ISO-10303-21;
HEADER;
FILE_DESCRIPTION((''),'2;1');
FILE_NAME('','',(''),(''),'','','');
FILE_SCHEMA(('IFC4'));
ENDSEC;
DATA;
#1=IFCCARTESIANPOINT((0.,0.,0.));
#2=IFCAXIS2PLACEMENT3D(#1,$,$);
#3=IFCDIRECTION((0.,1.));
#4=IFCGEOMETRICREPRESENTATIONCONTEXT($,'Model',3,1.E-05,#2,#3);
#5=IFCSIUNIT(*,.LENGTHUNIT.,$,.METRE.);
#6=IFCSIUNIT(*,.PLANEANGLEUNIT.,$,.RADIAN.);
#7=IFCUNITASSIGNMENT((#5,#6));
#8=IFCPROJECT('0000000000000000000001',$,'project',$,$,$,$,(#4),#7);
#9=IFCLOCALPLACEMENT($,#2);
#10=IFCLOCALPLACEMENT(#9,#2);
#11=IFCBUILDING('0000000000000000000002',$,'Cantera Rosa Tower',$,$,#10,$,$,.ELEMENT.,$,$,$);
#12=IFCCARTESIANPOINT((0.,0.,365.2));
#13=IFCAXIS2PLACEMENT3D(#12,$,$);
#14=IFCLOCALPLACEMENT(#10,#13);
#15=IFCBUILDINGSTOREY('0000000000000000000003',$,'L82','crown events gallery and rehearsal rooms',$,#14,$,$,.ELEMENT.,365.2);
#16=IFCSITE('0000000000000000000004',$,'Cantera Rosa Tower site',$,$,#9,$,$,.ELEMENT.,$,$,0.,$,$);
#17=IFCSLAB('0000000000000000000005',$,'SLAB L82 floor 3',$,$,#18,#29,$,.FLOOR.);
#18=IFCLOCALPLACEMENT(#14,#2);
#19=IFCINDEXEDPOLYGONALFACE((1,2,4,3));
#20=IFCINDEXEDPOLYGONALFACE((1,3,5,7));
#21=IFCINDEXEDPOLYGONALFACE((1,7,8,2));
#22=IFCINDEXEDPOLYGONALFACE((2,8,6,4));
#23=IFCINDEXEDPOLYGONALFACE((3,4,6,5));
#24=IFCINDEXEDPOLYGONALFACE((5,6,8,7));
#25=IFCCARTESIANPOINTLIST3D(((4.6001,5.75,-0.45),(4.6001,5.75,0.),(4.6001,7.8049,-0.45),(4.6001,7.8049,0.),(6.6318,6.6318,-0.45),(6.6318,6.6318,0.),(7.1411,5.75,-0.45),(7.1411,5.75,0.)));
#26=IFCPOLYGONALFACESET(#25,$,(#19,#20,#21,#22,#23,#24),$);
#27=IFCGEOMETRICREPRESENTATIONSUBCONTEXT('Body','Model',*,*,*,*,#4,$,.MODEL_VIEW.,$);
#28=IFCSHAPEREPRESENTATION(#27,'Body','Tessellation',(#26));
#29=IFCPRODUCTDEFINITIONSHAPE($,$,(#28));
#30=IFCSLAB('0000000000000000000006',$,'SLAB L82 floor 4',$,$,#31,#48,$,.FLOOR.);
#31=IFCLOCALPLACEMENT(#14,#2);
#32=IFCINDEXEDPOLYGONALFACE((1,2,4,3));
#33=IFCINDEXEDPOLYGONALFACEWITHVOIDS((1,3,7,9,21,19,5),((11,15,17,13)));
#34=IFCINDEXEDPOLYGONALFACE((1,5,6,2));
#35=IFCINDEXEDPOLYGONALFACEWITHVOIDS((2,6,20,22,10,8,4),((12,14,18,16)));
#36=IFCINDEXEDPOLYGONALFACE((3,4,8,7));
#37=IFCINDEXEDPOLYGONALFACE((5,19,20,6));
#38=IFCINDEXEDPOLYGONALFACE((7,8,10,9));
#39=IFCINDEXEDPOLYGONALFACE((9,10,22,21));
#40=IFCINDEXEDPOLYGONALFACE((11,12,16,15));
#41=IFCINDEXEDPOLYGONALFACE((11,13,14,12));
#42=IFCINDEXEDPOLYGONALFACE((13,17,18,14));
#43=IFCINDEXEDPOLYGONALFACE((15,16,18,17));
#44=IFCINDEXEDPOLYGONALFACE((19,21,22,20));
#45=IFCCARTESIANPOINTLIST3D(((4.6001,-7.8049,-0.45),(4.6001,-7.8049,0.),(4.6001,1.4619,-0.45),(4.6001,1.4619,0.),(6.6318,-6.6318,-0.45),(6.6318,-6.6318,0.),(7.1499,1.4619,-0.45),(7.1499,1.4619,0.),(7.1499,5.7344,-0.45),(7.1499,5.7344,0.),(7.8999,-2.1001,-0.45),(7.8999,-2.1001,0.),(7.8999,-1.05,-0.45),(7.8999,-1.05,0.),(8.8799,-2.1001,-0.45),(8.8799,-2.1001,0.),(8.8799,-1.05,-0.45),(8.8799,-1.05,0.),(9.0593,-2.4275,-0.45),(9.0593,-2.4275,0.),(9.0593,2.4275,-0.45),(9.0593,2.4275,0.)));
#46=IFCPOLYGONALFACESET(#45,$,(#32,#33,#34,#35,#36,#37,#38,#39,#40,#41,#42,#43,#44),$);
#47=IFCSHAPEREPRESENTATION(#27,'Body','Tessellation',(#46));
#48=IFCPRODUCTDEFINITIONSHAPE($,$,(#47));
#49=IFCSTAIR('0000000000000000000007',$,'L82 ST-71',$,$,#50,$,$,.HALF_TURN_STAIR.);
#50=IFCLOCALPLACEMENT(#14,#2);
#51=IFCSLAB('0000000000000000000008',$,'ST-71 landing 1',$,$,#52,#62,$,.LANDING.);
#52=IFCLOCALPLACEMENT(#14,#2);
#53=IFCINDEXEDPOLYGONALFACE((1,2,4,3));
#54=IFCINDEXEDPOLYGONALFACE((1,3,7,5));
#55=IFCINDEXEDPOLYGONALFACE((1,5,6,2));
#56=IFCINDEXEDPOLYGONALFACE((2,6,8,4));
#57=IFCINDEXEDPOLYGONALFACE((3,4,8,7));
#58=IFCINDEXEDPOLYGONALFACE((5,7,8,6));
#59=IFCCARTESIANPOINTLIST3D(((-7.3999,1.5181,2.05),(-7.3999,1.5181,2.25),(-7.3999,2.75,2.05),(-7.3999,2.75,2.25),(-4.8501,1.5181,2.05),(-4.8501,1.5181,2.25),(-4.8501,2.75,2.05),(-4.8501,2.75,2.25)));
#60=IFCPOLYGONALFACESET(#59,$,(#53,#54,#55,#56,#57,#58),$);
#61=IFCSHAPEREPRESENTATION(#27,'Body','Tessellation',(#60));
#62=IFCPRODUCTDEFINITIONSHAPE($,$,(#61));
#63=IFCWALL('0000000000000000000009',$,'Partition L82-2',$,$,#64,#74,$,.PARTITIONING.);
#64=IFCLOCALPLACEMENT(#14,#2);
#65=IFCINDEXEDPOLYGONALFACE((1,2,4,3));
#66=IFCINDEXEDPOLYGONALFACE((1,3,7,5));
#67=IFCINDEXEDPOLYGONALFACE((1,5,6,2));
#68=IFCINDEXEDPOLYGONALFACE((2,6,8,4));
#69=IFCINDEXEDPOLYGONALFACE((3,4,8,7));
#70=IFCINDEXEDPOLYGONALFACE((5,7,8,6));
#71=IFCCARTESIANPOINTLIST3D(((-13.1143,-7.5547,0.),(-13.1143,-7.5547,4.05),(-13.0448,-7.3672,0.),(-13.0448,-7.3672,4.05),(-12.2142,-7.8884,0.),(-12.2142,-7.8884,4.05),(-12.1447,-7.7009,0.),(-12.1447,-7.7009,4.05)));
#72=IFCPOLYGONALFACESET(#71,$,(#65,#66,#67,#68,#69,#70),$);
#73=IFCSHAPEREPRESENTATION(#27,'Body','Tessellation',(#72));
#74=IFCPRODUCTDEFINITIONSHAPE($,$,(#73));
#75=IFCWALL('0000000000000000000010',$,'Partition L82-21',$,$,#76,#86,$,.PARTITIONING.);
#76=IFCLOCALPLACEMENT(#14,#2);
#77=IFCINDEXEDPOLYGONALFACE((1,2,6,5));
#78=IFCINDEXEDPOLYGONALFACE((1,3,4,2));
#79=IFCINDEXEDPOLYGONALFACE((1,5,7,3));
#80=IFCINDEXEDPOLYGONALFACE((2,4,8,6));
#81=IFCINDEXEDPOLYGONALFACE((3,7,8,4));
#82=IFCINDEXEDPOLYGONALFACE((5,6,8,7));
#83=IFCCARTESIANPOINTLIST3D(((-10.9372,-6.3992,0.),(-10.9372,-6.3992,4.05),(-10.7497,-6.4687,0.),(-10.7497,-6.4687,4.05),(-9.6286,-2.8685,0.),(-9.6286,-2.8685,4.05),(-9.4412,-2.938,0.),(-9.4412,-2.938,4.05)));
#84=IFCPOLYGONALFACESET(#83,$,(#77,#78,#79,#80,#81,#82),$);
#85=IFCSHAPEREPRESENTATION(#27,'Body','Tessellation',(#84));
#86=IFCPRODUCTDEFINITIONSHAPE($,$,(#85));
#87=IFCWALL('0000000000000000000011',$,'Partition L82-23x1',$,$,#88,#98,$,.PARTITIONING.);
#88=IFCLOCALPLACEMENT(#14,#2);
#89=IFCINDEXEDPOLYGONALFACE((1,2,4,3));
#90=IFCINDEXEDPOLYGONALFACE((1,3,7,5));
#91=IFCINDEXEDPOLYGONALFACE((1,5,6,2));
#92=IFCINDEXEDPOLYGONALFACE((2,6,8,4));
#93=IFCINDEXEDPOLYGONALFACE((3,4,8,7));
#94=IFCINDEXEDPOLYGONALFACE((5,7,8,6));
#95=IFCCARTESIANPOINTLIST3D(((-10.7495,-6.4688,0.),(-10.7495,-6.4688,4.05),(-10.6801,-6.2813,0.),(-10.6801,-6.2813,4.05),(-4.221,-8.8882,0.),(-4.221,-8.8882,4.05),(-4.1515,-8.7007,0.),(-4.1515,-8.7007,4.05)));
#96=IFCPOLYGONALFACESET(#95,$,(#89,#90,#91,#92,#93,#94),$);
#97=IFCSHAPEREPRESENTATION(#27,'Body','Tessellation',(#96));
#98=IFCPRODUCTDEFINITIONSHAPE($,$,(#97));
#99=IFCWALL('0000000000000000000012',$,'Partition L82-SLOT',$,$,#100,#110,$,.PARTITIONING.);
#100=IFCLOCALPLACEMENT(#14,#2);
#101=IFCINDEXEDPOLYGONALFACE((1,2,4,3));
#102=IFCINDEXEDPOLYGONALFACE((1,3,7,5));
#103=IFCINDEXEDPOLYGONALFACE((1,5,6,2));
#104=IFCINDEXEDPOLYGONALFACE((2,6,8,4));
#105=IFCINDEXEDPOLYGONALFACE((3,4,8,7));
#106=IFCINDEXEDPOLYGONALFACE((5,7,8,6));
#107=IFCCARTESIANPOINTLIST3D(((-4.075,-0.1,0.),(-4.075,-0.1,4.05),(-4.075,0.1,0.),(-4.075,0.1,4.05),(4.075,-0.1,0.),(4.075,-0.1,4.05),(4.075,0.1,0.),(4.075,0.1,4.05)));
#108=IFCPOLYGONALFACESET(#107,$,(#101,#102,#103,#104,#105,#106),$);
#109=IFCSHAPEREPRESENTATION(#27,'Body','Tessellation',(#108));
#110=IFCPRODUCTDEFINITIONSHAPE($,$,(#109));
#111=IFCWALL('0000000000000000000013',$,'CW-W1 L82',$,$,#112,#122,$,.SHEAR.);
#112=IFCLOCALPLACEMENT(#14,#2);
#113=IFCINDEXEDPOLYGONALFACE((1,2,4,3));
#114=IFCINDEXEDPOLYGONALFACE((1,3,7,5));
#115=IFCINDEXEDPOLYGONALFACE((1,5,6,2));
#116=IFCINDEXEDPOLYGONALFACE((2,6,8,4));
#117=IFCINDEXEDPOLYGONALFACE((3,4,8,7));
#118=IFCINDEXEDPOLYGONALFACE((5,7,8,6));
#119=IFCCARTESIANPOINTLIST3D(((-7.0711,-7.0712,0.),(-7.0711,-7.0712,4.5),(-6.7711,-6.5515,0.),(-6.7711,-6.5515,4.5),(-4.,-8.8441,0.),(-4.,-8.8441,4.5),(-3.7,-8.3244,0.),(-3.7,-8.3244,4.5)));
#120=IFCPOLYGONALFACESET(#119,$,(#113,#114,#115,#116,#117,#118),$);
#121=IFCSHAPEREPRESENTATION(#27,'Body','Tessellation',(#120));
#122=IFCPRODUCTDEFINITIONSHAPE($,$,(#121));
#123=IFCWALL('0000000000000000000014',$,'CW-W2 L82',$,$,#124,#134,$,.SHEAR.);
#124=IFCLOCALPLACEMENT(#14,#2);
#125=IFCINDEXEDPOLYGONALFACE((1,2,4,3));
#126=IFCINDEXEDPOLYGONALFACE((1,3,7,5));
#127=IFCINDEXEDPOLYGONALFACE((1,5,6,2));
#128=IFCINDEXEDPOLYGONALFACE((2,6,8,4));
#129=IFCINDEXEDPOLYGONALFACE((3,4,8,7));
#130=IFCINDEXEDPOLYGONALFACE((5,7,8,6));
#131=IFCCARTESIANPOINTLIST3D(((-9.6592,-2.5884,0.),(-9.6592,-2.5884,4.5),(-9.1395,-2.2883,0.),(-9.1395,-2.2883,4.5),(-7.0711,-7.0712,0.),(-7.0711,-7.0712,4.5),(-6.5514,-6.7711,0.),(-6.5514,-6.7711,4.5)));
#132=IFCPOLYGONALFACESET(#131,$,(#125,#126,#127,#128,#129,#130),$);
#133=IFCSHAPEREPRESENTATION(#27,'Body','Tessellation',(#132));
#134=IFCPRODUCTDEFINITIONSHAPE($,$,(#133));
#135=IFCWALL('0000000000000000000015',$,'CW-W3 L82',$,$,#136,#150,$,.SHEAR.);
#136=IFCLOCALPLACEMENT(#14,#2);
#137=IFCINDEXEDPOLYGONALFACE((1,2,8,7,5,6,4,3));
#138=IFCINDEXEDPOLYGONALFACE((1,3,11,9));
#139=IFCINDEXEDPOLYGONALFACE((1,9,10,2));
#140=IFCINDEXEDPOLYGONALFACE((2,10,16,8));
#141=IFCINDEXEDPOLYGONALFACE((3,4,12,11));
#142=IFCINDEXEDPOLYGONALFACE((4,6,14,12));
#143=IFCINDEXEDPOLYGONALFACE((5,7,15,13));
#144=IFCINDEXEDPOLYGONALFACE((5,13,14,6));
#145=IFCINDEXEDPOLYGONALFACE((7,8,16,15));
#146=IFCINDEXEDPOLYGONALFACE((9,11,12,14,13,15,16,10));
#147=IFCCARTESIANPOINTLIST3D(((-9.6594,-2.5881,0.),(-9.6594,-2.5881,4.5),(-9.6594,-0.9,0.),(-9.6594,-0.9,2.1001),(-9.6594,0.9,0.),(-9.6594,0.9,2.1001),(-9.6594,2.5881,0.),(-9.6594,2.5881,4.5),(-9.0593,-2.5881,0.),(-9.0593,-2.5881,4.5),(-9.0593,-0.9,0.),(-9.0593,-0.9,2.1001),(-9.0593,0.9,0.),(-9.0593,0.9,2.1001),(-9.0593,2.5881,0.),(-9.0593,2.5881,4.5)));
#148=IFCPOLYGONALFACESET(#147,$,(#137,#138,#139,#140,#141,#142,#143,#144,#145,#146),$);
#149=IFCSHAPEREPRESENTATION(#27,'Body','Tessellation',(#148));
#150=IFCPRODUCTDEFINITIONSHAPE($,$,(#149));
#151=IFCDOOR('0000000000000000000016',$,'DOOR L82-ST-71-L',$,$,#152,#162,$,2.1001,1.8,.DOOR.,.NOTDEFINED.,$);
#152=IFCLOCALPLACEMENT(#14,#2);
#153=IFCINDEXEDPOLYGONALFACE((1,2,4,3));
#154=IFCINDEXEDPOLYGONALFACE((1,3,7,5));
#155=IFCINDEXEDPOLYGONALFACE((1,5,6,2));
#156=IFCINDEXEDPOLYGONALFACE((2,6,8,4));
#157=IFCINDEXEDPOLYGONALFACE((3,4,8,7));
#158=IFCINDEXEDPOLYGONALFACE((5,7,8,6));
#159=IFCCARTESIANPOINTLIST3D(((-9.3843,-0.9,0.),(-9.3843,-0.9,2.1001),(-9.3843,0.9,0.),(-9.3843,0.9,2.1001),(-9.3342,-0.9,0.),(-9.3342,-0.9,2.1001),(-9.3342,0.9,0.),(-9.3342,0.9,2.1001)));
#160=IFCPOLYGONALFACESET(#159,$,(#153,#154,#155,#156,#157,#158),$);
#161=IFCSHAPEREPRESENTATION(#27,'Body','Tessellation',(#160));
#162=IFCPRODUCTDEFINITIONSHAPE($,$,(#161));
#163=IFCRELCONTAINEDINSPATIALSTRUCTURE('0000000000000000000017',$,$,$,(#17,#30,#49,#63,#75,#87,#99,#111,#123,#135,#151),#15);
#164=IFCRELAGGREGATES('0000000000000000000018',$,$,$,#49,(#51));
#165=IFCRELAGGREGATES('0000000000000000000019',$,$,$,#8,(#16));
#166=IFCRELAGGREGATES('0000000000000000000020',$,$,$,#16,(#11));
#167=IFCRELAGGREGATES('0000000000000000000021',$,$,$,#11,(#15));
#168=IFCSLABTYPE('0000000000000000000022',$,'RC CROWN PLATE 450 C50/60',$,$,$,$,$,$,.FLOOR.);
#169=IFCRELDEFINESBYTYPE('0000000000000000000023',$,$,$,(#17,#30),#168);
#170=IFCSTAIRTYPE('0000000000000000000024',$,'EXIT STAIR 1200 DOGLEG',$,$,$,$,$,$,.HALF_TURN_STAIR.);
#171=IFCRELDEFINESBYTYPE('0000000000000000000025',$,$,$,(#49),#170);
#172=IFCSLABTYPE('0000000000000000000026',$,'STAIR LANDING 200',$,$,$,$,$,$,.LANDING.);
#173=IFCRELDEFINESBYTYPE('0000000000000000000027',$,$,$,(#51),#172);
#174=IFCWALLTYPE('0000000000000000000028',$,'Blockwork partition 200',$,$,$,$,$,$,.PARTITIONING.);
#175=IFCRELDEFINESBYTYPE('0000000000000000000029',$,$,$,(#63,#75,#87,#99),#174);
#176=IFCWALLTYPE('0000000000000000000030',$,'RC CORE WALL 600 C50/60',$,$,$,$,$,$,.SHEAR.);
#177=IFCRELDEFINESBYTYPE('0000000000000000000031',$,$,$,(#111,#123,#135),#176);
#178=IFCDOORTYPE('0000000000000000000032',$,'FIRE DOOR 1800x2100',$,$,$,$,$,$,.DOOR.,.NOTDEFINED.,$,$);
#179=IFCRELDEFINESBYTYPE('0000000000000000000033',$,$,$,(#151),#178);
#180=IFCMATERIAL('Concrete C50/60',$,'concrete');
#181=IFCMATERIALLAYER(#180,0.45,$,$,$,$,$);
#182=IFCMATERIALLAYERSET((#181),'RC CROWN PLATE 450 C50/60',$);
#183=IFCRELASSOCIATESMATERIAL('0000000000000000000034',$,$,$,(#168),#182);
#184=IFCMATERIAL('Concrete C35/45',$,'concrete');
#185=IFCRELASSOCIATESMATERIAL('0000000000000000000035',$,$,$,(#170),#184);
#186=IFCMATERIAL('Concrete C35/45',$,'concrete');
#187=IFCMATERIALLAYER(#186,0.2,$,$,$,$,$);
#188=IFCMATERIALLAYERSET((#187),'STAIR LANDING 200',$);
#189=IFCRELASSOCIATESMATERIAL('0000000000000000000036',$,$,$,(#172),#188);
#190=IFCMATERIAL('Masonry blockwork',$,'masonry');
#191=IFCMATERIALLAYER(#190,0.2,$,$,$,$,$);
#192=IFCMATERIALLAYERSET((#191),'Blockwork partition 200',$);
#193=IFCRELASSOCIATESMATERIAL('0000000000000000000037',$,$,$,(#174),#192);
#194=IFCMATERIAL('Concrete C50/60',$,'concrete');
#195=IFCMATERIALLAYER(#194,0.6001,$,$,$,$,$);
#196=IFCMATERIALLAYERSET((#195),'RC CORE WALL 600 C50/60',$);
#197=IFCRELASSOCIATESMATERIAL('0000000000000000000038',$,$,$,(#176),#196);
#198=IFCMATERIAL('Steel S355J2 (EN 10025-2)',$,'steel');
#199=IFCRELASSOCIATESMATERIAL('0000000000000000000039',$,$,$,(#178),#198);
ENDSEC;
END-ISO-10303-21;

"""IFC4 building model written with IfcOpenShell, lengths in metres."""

from ifc_helpers import new_model, si_unit, direction, frame, frame_2d, origin, place, context, subcontext, project, spatial, polyline, rectangle, outline, extrude, material, layer, layer_set, type_object, element, fill, aggregate, save


model = new_model("IFC4")

# Units and contexts
model_context = context("Model", 3, precision=1e-05, world=origin(), true_north=direction((0.0, 1.0)))
body_context = subcontext(model_context, "Body", "Model", "MODEL_VIEW")
ifc_project = project(units=[si_unit("LENGTHUNIT", "METRE"), si_unit("PLANEANGLEUNIT", "RADIAN")], contexts=[model_context])

# Site, building, storey
site_placement = place(None, origin())
site = spatial("IfcSite", under=ifc_project, at=site_placement, Name="Cantera Rosa Tower site", CompositionType="ELEMENT", RefElevation=0.0)
building_placement = place(site_placement, origin())
building = spatial("IfcBuilding", under=site, at=building_placement, Name="Cantera Rosa Tower", CompositionType="ELEMENT")
storey_placement = place(building_placement, frame((0.0, 0.0, 365.2)))
storey = spatial("IfcBuildingStorey", under=building, at=storey_placement, Name="L82", Description="crown events gallery and rehearsal rooms", CompositionType="ELEMENT", Elevation=365.2)

# Slabs
ifc_material_1 = material(Name="Concrete C50/60", Category="concrete")
ifc_layer_1 = layer(ifc_material_1, 0.45)
ifc_layer_set_1 = layer_set([ifc_layer_1], Name="RC CROWN PLATE 450 C50/60")
slab_type_1 = type_object("IfcSlabType", Name="RC CROWN PLATE 450 C50/60", PredefinedType="FLOOR", material=ifc_layer_set_1)
slab_1_placement = place(storey_placement, frame((0.0, 0.0, -0.45)))
element("IfcSlab", 1, at=slab_1_placement, inside=storey, type_object=slab_type_1, Name="SLAB L82 floor 3", PredefinedType="FLOOR", context=body_context, shape_type="SweptSolid", body=[
    extrude(outline(polyline([(4.6001, 5.75), (4.6001, 7.8049), (6.6318, 6.6318), (7.1411, 5.75), (4.6001, 5.75)])), origin(), (0.0, 0.0, 1.0), 0.45),
])
slab_2_placement = place(storey_placement, frame((0.0, 0.0, -0.45)))
element("IfcSlab", 2, at=slab_2_placement, inside=storey, type_object=slab_type_1, Name="SLAB L82 floor 4", PredefinedType="FLOOR", context=body_context, shape_type="SweptSolid", body=[
    extrude(outline(polyline([(4.6001, -7.8049), (4.6001, 1.4619), (7.1499, 1.4619), (7.1499, 5.7344), (9.0593, 2.4275), (9.0593, -2.4275), (6.6318, -6.6318), (4.6001, -7.8049)]), holes=[polyline([(8.8799, -2.1001), (8.8799, -1.05), (7.8999, -1.05), (7.8999, -2.1001), (8.8799, -2.1001)])]), origin(), (0.0, 0.0, 1.0), 0.45),
])

# Stair, slab
ifc_material_2 = material(Name="Concrete C35/45", Category="concrete")
stair_type = type_object("IfcStairType", Name="EXIT STAIR 1200 DOGLEG", PredefinedType="HALF_TURN_STAIR", material=ifc_material_2)
stair_placement = place(storey_placement, origin())
stair = element("IfcStair", 3, at=stair_placement, inside=storey, type_object=stair_type, Name="L82 ST-71", PredefinedType="HALF_TURN_STAIR")
ifc_material_3 = material(Name="Concrete C35/45", Category="concrete")
ifc_layer_2 = layer(ifc_material_3, 0.2)
ifc_layer_set_2 = layer_set([ifc_layer_2], Name="STAIR LANDING 200")
slab_type_2 = type_object("IfcSlabType", Name="STAIR LANDING 200", PredefinedType="LANDING", material=ifc_layer_set_2)
slab_3_placement = place(storey_placement, frame((0.0, 0.0, 2.05)))
slab_3 = element("IfcSlab", 4, at=slab_3_placement, type_object=slab_type_2, Name="ST-71 landing 1", PredefinedType="LANDING", context=body_context, shape_type="SweptSolid", body=[
    extrude(outline(polyline([(-4.8501, 1.5181), (-4.8501, 2.75), (-7.3999, 2.75), (-7.3999, 1.5181), (-4.8501, 1.5181)])), origin(), (0.0, 0.0, 1.0), 0.2),
])

# Walls
ifc_material_4 = material(Name="Masonry blockwork", Category="masonry")
ifc_layer_3 = layer(ifc_material_4, 0.2)
ifc_layer_set_3 = layer_set([ifc_layer_3], Name="Blockwork partition 200")
wall_type_1 = type_object("IfcWallType", Name="Blockwork partition 200", PredefinedType="PARTITIONING", material=ifc_layer_set_3)
wall_1_placement = place(storey_placement, frame((-12.1794, -7.7947, 0.0), z_axis=(0.0, 0.0, 1.0), x_axis=(-0.937629, 0.347637, 0.0)))
element("IfcWall", 5, at=wall_1_placement, inside=storey, type_object=wall_type_1, Name="Partition L82-2", PredefinedType="PARTITIONING", context=body_context, shape_type="SweptSolid", body=[
    extrude(rectangle(XDim=0.96, YDim=0.2, at=frame_2d((0.48, 0.0))), origin(), (0.0, 0.0, 1.0), 4.05),
])
wall_2_placement = place(storey_placement, frame((-10.8435, -6.4341, 0.0), z_axis=(0.0, 0.0, 1.0), x_axis=(0.347526, 0.937671, 0.0)))
element("IfcWall", 6, at=wall_2_placement, inside=storey, type_object=wall_type_1, Name="Partition L82-21", PredefinedType="PARTITIONING", context=body_context, shape_type="SweptSolid", body=[
    extrude(rectangle(XDim=3.7654, YDim=0.2, at=frame_2d((1.8828, 0.0))), origin(), (0.0, 0.0, 1.0), 4.05),
])
wall_3_placement = place(storey_placement, frame((-4.1863, -8.7944, 0.0), z_axis=(0.0, 0.0, 1.0), x_axis=(-0.937681, 0.347497, 0.0)))
element("IfcWall", 7, at=wall_3_placement, inside=storey, type_object=wall_type_1, Name="Partition L82-23x1", PredefinedType="PARTITIONING", context=body_context, shape_type="SweptSolid", body=[
    extrude(rectangle(XDim=6.9624, YDim=0.2, at=frame_2d((3.4812, 0.0))), origin(), (0.0, 0.0, 1.0), 4.05),
])
wall_4_placement = place(storey_placement, frame((-4.075, 0.0, 0.0), z_axis=(0.0, 0.0, 1.0), x_axis=(1.0, 0.0, 0.0)))
element("IfcWall", 8, at=wall_4_placement, inside=storey, type_object=wall_type_1, Name="Partition L82-SLOT", PredefinedType="PARTITIONING", context=body_context, shape_type="SweptSolid", body=[
    extrude(rectangle(XDim=8.1499, YDim=0.2, at=frame_2d((4.075, 0.0))), origin(), (0.0, 0.0, 1.0), 4.05),
])
ifc_material_5 = material(Name="Concrete C50/60", Category="concrete")
ifc_layer_4 = layer(ifc_material_5, 0.6001)
ifc_layer_set_4 = layer_set([ifc_layer_4], Name="RC CORE WALL 600 C50/60")
wall_type_2 = type_object("IfcWallType", Name="RC CORE WALL 600 C50/60", PredefinedType="SHEAR", material=ifc_layer_set_4)
wall_5_placement = place(storey_placement, frame((-3.8501, -8.5842, 0.0), z_axis=(0.0, 0.0, 1.0), x_axis=(-0.86604, 0.499975, 0.0)))
element("IfcWall", 9, at=wall_5_placement, inside=storey, type_object=wall_type_2, Name="CW-W1 L82", PredefinedType="SHEAR", context=body_context, shape_type="SweptSolid", body=[
    extrude(rectangle(XDim=3.5461, YDim=0.6001, at=frame_2d((1.7729, 0.0))), origin(), (0.0, 0.0, 1.0), 4.5),
])
wall_6_placement = place(storey_placement, frame((-6.8113, -6.9211, 0.0), z_axis=(0.0, 0.0, 1.0), x_axis=(-0.499989, 0.866032, 0.0)))
element("IfcWall", 10, at=wall_6_placement, inside=storey, type_object=wall_type_2, Name="CW-W2 L82", PredefinedType="SHEAR", context=body_context, shape_type="SweptSolid", body=[
    extrude(rectangle(XDim=5.1763, YDim=0.6001, at=frame_2d((2.5881, 0.0))), origin(), (0.0, 0.0, 1.0), 4.5),
])

# Wall, opening, door
wall_7_placement = place(storey_placement, frame((-9.3594, -2.5881, 0.0), z_axis=(0.0, 0.0, 1.0), x_axis=(0.0, 1.0, 0.0)))
wall_7 = element("IfcWall", 11, at=wall_7_placement, inside=storey, type_object=wall_type_2, Name="CW-W3 L82", PredefinedType="SHEAR", context=body_context, shape_type="SweptSolid", body=[
    extrude(rectangle(XDim=5.1763, YDim=0.6001, at=frame_2d((2.5881, 0.0))), origin(), (0.0, 0.0, 1.0), 4.5),
])
opening_1_placement = place(wall_7_placement, frame((1.6882, 0.0, 0.0)))
opening_1 = element("IfcOpeningElement", 12, at=opening_1_placement, cuts=wall_7, PredefinedType="OPENING", context=body_context, shape_type="SweptSolid", body=[
    extrude(rectangle(XDim=1.8, YDim=2.1001, at=frame_2d((0.8999, 1.05))), frame((0.0, 0.3101, 0.0), z_axis=(0.0, -1.0, 0.0), x_axis=(1.0, 0.0, 0.0)), (0.0, 0.0, 1.0), 0.6201),
])
ifc_material_6 = material(Name="Steel S355J2 (EN 10025-2)", Category="steel")
door_type_1 = type_object("IfcDoorType", Name="FIRE DOOR 1800x2100", OperationType="NOTDEFINED", PredefinedType="DOOR", material=ifc_material_6)
door_1_placement = place(opening_1_placement, origin())
door_1 = element("IfcDoor", 13, at=door_1_placement, inside=storey, type_object=door_type_1, Name="DOOR L82-ST-71-L", OperationType="NOTDEFINED", OverallHeight=2.1001, OverallWidth=1.8, PredefinedType="DOOR", context=body_context, shape_type="SweptSolid", body=[
    extrude(rectangle(XDim=1.8, YDim=2.1001, at=frame_2d((0.8999, 1.05))), frame((0.0, 0.0249, 0.0), z_axis=(0.0, -1.0, 0.0), x_axis=(1.0, 0.0, 0.0)), (0.0, 0.0, 1.0), 0.05),
])
fill(opening_1, door_1)

aggregate(stair, [slab_3])

save(model, "model.ifc")
